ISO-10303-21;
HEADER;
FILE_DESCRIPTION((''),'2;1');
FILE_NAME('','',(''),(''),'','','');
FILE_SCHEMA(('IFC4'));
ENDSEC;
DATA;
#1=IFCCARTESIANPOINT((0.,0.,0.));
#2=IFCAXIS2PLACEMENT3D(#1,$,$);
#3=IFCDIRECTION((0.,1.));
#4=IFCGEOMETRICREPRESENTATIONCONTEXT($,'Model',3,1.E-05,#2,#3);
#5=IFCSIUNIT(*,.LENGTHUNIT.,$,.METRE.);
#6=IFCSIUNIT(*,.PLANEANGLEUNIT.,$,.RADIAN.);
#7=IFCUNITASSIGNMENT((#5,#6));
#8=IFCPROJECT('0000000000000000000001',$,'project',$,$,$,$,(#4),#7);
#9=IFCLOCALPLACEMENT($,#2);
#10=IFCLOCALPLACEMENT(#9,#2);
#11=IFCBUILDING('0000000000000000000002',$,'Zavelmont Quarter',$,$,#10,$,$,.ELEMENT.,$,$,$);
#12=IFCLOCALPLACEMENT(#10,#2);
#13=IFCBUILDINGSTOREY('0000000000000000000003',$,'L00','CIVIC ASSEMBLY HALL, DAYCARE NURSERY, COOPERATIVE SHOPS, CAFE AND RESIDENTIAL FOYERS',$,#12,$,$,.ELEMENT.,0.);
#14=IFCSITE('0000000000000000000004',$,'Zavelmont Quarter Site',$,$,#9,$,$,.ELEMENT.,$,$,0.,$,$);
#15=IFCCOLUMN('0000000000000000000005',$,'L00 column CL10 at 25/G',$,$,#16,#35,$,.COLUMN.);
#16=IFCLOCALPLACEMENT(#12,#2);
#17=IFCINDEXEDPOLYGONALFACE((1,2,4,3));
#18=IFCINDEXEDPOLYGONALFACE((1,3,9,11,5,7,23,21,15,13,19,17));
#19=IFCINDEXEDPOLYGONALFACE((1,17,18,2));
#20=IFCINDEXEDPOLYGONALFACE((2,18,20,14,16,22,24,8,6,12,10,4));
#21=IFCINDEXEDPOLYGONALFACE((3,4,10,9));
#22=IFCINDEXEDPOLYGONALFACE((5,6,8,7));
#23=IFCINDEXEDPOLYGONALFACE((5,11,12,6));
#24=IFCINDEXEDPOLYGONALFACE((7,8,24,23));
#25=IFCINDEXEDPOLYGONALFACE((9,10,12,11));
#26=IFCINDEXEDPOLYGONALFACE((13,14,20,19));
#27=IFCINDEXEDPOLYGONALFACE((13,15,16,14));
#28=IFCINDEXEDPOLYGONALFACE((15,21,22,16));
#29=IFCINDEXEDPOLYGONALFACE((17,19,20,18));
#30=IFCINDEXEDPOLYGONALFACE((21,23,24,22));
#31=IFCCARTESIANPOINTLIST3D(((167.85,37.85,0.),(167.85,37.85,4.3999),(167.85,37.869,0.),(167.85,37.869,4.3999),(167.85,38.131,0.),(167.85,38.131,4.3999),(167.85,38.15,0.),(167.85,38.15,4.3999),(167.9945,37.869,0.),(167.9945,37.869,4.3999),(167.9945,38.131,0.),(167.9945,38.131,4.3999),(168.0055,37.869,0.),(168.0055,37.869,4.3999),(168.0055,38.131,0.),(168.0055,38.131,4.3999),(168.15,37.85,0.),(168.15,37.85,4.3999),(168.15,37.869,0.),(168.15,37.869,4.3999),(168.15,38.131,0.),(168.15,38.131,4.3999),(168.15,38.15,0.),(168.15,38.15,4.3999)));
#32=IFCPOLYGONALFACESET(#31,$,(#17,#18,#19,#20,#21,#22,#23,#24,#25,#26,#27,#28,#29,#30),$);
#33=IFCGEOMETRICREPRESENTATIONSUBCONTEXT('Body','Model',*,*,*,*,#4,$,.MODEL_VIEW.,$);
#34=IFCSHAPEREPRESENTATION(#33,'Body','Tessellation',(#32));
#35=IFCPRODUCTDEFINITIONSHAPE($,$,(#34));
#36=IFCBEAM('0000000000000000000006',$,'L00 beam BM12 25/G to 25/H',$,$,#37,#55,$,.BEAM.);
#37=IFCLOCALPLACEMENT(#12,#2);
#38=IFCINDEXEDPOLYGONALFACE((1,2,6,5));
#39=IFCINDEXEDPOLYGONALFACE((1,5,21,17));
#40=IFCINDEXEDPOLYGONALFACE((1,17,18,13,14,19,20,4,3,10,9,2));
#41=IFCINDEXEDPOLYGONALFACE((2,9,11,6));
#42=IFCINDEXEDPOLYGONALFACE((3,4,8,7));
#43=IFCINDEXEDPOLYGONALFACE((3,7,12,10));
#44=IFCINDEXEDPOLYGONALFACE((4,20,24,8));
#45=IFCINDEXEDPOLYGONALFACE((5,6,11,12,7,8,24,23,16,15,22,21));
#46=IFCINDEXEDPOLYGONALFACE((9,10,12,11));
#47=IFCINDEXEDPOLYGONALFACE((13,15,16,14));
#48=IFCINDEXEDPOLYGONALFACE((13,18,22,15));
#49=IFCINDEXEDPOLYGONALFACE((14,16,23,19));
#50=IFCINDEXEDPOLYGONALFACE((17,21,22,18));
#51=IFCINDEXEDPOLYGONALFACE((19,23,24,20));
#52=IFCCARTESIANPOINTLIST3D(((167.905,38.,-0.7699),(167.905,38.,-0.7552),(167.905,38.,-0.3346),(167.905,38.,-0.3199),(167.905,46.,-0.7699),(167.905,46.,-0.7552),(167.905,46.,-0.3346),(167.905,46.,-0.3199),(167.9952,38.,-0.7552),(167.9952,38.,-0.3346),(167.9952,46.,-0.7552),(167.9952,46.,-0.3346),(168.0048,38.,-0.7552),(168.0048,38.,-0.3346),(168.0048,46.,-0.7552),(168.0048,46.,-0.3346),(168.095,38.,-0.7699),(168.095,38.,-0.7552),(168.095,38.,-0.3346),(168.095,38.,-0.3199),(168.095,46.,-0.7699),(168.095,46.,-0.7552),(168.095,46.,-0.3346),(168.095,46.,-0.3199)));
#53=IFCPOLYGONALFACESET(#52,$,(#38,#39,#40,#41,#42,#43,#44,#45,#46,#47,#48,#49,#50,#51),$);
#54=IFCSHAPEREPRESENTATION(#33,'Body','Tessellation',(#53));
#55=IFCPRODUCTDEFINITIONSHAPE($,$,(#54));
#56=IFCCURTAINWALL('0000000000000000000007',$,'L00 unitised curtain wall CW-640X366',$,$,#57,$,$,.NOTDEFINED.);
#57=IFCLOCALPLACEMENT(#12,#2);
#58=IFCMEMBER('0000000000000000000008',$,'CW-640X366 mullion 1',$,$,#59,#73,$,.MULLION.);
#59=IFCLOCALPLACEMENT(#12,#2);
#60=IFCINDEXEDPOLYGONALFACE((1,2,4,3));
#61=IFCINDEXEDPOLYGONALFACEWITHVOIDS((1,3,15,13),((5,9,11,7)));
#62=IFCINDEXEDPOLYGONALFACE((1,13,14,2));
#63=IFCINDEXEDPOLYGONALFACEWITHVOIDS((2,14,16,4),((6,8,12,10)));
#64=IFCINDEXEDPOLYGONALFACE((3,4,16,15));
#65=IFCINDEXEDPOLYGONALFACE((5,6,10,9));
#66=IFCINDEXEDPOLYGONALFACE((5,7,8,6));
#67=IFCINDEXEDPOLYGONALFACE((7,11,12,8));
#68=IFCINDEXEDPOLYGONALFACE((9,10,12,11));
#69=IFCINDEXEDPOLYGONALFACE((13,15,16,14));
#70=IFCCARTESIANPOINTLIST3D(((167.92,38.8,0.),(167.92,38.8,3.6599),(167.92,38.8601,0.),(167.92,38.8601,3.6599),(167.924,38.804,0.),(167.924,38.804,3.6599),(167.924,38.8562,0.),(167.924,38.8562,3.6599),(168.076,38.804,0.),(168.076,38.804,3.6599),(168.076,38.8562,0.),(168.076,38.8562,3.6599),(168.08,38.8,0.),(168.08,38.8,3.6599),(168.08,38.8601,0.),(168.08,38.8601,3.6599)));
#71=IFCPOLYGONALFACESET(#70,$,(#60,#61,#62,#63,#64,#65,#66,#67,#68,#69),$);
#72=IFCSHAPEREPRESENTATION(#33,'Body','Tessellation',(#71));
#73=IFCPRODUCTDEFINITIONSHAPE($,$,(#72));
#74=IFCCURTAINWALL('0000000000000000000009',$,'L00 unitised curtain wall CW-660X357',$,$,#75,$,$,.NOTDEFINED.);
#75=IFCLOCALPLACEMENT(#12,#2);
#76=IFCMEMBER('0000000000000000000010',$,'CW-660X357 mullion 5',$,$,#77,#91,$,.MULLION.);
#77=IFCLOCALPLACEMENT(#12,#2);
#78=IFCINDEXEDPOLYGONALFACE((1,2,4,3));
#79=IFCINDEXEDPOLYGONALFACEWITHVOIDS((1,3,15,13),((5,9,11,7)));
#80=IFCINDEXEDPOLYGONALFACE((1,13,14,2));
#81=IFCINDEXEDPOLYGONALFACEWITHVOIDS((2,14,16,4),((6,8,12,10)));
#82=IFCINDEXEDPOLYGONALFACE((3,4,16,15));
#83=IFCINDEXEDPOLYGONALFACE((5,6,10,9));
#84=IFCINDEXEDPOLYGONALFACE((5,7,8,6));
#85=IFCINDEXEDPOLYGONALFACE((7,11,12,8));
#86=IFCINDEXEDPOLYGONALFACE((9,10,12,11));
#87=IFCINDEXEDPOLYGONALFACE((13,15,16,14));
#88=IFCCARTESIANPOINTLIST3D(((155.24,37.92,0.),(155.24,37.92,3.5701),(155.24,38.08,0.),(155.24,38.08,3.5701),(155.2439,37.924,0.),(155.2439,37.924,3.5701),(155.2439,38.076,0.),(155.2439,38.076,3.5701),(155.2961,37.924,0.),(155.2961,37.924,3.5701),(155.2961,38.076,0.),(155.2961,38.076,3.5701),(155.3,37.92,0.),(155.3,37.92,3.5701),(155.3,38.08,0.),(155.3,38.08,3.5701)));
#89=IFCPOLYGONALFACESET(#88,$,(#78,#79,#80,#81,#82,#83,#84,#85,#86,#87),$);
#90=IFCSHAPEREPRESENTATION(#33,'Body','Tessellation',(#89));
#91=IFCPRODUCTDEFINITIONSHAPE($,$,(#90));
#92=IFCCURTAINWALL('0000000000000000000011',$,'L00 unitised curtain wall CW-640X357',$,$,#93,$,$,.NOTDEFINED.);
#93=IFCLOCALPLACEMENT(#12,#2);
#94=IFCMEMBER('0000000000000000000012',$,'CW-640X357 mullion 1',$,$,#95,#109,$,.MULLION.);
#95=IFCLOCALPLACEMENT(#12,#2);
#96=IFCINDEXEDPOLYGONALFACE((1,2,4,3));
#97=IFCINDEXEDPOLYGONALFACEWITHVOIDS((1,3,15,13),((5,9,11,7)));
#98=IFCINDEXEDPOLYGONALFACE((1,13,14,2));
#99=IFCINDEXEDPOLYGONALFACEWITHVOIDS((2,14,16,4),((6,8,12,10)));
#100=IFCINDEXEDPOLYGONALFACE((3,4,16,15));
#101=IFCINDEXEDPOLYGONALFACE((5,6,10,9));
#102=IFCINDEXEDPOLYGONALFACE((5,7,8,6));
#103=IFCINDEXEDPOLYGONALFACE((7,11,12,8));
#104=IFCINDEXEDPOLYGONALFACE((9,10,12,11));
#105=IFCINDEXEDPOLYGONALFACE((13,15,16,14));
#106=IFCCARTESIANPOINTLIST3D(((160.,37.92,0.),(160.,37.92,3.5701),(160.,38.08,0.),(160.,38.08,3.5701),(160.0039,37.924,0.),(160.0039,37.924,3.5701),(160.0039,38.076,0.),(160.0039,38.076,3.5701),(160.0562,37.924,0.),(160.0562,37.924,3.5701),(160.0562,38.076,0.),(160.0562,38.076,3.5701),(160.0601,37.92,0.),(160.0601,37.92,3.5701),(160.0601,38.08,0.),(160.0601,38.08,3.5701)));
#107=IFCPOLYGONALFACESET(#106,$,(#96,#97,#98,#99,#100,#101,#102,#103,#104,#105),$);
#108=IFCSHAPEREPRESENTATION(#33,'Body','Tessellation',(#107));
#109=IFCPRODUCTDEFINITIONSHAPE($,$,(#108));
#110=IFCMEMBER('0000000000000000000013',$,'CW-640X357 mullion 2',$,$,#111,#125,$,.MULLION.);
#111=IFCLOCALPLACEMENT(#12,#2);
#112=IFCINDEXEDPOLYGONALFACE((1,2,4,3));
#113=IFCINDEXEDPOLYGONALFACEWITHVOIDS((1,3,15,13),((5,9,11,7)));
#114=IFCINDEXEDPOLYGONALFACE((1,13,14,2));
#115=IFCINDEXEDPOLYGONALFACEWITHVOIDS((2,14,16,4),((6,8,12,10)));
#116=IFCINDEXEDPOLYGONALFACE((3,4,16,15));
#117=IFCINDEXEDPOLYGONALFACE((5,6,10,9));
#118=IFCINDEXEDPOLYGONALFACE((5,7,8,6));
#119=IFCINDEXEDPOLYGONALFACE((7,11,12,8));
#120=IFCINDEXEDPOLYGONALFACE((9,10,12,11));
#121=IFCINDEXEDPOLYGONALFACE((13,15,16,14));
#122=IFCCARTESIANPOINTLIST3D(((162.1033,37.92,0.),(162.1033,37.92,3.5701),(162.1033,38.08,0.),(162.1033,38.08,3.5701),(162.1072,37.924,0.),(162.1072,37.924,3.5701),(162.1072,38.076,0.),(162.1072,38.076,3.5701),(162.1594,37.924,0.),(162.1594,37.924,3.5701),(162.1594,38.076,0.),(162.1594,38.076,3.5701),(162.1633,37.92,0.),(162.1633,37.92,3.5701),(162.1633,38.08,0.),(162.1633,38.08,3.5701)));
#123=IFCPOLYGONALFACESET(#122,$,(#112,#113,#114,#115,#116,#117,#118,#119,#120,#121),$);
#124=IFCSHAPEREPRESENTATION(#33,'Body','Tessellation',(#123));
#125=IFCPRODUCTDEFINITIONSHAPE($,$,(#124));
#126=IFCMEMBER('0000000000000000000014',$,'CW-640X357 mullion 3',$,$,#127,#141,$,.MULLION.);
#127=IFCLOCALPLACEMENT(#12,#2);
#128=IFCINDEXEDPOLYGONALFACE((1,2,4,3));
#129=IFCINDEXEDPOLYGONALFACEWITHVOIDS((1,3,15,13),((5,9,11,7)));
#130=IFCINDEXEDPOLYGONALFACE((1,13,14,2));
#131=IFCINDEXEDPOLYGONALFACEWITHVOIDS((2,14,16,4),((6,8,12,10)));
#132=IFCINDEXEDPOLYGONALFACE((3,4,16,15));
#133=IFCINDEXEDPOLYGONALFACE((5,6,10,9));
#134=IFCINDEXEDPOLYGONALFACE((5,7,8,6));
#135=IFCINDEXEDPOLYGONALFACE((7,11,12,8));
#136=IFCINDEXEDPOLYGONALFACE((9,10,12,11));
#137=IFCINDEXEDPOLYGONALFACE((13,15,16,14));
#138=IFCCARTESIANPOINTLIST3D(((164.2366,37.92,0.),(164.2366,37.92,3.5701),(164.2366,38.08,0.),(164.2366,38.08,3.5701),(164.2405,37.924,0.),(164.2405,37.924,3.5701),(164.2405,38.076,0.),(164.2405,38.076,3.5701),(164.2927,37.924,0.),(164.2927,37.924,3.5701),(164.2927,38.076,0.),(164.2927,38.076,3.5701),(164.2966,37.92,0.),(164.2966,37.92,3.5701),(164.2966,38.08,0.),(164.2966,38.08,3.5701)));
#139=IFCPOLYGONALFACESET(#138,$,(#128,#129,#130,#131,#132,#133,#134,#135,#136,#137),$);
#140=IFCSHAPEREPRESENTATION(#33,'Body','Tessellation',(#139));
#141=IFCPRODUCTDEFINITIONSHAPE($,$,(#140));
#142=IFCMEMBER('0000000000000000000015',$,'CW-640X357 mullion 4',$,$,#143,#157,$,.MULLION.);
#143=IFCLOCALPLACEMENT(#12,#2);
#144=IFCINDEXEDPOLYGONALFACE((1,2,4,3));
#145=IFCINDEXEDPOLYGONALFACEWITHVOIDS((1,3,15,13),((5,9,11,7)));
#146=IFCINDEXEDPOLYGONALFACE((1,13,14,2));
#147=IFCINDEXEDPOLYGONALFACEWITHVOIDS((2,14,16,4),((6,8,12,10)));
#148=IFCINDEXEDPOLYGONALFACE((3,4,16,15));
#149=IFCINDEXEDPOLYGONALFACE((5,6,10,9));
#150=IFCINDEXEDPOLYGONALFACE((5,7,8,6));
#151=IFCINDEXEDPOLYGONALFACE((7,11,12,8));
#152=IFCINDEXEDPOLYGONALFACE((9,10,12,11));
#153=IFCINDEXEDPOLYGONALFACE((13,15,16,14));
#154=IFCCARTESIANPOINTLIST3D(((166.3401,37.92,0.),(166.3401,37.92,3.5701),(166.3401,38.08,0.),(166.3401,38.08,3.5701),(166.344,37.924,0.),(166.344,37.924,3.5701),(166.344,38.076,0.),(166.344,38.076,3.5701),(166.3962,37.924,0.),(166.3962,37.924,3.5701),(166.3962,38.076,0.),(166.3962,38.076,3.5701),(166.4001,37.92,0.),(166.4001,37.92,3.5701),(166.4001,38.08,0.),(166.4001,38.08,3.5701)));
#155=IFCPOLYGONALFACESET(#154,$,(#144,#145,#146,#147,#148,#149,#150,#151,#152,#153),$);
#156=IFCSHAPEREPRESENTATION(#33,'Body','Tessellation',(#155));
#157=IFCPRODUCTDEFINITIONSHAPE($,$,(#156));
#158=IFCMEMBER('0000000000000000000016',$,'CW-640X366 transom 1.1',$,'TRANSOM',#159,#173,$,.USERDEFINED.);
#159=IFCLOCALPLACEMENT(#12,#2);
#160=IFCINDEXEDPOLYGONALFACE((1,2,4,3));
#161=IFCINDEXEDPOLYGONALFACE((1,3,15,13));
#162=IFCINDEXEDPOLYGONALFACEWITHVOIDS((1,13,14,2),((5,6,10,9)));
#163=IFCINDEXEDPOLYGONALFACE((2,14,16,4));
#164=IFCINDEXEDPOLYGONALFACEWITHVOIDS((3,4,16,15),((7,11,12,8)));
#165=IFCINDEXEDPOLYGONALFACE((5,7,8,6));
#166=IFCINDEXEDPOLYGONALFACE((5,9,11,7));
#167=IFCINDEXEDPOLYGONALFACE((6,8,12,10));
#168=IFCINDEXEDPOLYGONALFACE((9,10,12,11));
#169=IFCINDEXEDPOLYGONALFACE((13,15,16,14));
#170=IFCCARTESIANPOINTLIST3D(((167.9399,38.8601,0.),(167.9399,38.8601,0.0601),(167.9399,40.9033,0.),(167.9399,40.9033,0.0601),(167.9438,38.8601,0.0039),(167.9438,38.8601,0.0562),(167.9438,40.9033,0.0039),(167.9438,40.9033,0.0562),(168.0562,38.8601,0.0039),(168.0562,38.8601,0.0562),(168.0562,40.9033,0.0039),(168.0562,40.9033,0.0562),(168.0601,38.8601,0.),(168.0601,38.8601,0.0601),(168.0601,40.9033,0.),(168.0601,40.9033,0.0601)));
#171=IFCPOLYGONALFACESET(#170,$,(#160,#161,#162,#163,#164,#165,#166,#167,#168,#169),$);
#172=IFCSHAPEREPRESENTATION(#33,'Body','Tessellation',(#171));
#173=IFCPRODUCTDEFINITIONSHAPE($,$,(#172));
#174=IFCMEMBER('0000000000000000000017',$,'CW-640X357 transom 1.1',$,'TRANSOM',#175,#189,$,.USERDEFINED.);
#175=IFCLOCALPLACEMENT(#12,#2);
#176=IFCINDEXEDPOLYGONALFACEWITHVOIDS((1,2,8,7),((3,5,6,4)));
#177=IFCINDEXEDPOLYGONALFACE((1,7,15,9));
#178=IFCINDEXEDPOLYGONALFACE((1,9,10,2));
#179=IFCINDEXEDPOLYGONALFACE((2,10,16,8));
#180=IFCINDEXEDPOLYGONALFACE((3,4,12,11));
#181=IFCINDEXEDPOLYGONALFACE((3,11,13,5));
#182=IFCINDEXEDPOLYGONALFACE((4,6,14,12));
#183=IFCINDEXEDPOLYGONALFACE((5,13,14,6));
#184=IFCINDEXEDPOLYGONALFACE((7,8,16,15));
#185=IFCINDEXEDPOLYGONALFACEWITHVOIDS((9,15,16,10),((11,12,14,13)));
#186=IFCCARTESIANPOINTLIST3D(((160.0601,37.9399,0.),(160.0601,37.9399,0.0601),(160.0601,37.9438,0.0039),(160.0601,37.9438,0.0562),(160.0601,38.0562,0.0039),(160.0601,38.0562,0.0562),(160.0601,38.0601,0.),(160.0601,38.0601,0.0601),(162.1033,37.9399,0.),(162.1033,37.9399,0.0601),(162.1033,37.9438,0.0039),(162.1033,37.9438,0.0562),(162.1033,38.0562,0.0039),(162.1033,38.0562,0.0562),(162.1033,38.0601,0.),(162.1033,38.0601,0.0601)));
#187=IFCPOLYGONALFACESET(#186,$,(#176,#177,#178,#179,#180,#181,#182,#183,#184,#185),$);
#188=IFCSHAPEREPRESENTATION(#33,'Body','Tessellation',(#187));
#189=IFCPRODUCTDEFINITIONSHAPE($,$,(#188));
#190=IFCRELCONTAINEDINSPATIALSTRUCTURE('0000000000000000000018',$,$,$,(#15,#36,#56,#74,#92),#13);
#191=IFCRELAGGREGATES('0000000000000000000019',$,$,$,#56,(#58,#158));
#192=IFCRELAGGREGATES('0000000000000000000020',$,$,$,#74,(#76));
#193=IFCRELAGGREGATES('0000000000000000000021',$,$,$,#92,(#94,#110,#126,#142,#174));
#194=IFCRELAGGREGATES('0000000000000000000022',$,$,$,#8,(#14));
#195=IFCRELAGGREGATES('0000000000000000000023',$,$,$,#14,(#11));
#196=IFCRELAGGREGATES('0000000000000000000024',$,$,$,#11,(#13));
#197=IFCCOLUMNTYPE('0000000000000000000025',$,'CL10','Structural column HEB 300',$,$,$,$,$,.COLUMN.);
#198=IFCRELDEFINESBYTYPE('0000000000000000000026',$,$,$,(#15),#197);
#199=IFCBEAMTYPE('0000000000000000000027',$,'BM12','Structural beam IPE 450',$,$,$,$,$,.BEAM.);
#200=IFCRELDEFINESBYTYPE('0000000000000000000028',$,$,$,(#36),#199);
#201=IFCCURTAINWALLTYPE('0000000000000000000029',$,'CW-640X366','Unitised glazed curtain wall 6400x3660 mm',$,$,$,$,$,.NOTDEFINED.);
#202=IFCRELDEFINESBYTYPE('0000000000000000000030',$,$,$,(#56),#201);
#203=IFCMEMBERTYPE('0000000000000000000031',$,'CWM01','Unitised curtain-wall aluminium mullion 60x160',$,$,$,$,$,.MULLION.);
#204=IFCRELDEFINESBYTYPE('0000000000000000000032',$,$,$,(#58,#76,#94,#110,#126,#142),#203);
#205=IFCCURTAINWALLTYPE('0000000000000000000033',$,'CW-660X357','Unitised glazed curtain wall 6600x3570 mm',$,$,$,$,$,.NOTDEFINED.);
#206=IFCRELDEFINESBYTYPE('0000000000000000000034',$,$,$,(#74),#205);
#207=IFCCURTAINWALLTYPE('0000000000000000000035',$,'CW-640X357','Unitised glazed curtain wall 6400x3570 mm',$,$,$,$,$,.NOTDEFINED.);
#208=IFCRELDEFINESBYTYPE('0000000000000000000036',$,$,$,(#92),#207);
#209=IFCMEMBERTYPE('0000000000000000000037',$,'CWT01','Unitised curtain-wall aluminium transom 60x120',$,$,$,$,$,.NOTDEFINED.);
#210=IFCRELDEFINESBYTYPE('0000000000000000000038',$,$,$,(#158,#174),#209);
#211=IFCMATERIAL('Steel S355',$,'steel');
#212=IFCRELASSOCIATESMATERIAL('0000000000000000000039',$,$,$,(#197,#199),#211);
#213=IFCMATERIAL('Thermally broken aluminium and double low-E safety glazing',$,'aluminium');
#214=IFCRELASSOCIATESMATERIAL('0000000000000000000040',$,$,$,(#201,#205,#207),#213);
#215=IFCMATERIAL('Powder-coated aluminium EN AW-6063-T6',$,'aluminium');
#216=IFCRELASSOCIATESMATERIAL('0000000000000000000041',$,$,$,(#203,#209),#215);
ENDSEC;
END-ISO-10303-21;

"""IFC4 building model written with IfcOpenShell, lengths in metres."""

from ifc_helpers import new_model, si_unit, direction, frame, origin, origin_2d, place, context, subcontext, project, spatial, hollow_rectangle, i_section, extrude, material, material_profile, profile_set, type_object, element, aggregate, save


model = new_model("IFC4")

# Units and contexts
model_context = context("Model", 3, precision=1e-05, world=origin(), true_north=direction((0.0, 1.0)))
body_context = subcontext(model_context, "Body", "Model", "MODEL_VIEW")
ifc_project = project(units=[si_unit("LENGTHUNIT", "METRE"), si_unit("PLANEANGLEUNIT", "RADIAN")], contexts=[model_context])

# Site, building, storey
site_placement = place(None, origin())
site = spatial("IfcSite", under=ifc_project, at=site_placement, Name="Zavelmont Quarter Site", CompositionType="ELEMENT", RefElevation=0.0)
building_placement = place(site_placement, origin())
building = spatial("IfcBuilding", under=site, at=building_placement, Name="Zavelmont Quarter", CompositionType="ELEMENT")
storey_placement = place(building_placement, origin())
storey = spatial("IfcBuildingStorey", under=building, at=storey_placement, Name="L00", Description="CIVIC ASSEMBLY HALL, DAYCARE NURSERY, COOPERATIVE SHOPS, CAFE AND RESIDENTIAL FOYERS", CompositionType="ELEMENT", Elevation=0.0)

# Column
ifc_material_1 = material(Name="Steel S355", Category="steel")
ifc_material_profile_1 = material_profile(ifc_material_1, i_section(OverallWidth=0.3, OverallDepth=0.3, WebThickness=0.011, FlangeThickness=0.019, at=origin_2d()), Name="HEB 300")
ifc_profile_set_1 = profile_set([ifc_material_profile_1], Name="Steel S355")
column_type = type_object("IfcColumnType", Name="CL10", Description="Structural column HEB 300", PredefinedType="COLUMN", material=ifc_profile_set_1)
column_placement = place(storey_placement, frame((168.0, 38.0, 0.0), z_axis=(0.0, 0.0, 1.0), x_axis=(1.0, 0.0, 0.0)))
element("IfcColumn", 1, at=column_placement, inside=storey, type_object=column_type, Name="L00 column CL10 at 25/G", PredefinedType="COLUMN", context=body_context, shape_type="SweptSolid", body=[
    extrude(i_section(OverallWidth=0.3, OverallDepth=0.3, WebThickness=0.011, FlangeThickness=0.019, at=origin_2d()), origin(), (0.0, 0.0, 1.0), 4.3999),
])

# Beam
ifc_material_profile_2 = material_profile(ifc_material_1, i_section(OverallWidth=0.1899, OverallDepth=0.45, WebThickness=0.0095, FlangeThickness=0.0146, at=origin_2d()), Name="IPE 450")
ifc_profile_set_2 = profile_set([ifc_material_profile_2], Name="Steel S355")
beam_type = type_object("IfcBeamType", Name="BM12", Description="Structural beam IPE 450", PredefinedType="BEAM", material=ifc_profile_set_2)
beam_placement = place(storey_placement, frame((168.0, 38.0, -0.5449), z_axis=(0.0, 1.0, 0.0), x_axis=(-1.0, 0.0, 0.0)))
element("IfcBeam", 2, at=beam_placement, inside=storey, type_object=beam_type, Name="L00 beam BM12 25/G to 25/H", PredefinedType="BEAM", context=body_context, shape_type="SweptSolid", body=[
    extrude(i_section(OverallWidth=0.1899, OverallDepth=0.45, WebThickness=0.0095, FlangeThickness=0.0146, at=origin_2d()), origin(), (0.0, 0.0, 1.0), 8.0),
])

# Curtain walls, members
ifc_material_2 = material(Name="Thermally broken aluminium and double low-E safety glazing", Category="aluminium")
curtain_wall_type_1 = type_object("IfcCurtainWallType", Name="CW-640X366", Description="Unitised glazed curtain wall 6400x3660 mm", PredefinedType="NOTDEFINED", material=ifc_material_2)
curtain_wall_1_placement = place(storey_placement, origin())
curtain_wall_1 = element("IfcCurtainWall", 3, at=curtain_wall_1_placement, inside=storey, type_object=curtain_wall_type_1, Name="L00 unitised curtain wall CW-640X366", PredefinedType="NOTDEFINED")
ifc_material_3 = material(Name="Powder-coated aluminium EN AW-6063-T6", Category="aluminium")
ifc_material_profile_3 = material_profile(ifc_material_3, hollow_rectangle(XDim=0.0601, YDim=0.1599, WallThickness=0.0039, at=origin_2d()), Name="CWM60X160")
ifc_profile_set_3 = profile_set([ifc_material_profile_3], Name="Powder-coated aluminium EN AW-6063-T6")
member_type_1 = type_object("IfcMemberType", Name="CWM01", Description="Unitised curtain-wall aluminium mullion 60x160", PredefinedType="MULLION", material=ifc_profile_set_3)
member_1_placement = place(storey_placement, frame((168.0, 38.8301, 0.0), z_axis=(0.0, 0.0, 1.0), x_axis=(0.0, 1.0, 0.0)))
member_1 = element("IfcMember", 4, at=member_1_placement, type_object=member_type_1, Name="CW-640X366 mullion 1", PredefinedType="MULLION", context=body_context, shape_type="SweptSolid", body=[
    extrude(hollow_rectangle(XDim=0.0601, YDim=0.1599, WallThickness=0.0039, at=origin_2d()), origin(), (0.0, 0.0, 1.0), 3.6599),
])
curtain_wall_type_2 = type_object("IfcCurtainWallType", Name="CW-660X357", Description="Unitised glazed curtain wall 6600x3570 mm", PredefinedType="NOTDEFINED", material=ifc_material_2)
curtain_wall_2_placement = place(storey_placement, origin())
curtain_wall_2 = element("IfcCurtainWall", 5, at=curtain_wall_2_placement, inside=storey, type_object=curtain_wall_type_2, Name="L00 unitised curtain wall CW-660X357", PredefinedType="NOTDEFINED")
member_2_placement = place(storey_placement, frame((155.27, 38.0, 0.0), z_axis=(0.0, 0.0, 1.0), x_axis=(1.0, 0.0, 0.0)))
member_2 = element("IfcMember", 6, at=member_2_placement, type_object=member_type_1, Name="CW-660X357 mullion 5", PredefinedType="MULLION", context=body_context, shape_type="SweptSolid", body=[
    extrude(hollow_rectangle(XDim=0.0601, YDim=0.1599, WallThickness=0.0039, at=origin_2d()), origin(), (0.0, 0.0, 1.0), 3.5701),
])

# Curtain wall, members
curtain_wall_type_3 = type_object("IfcCurtainWallType", Name="CW-640X357", Description="Unitised glazed curtain wall 6400x3570 mm", PredefinedType="NOTDEFINED", material=ifc_material_2)
curtain_wall_3_placement = place(storey_placement, origin())
curtain_wall_3 = element("IfcCurtainWall", 7, at=curtain_wall_3_placement, inside=storey, type_object=curtain_wall_type_3, Name="L00 unitised curtain wall CW-640X357", PredefinedType="NOTDEFINED")
member_3_placement = place(storey_placement, frame((160.03, 38.0, 0.0), z_axis=(0.0, 0.0, 1.0), x_axis=(1.0, 0.0, 0.0)))
member_3 = element("IfcMember", 8, at=member_3_placement, type_object=member_type_1, Name="CW-640X357 mullion 1", PredefinedType="MULLION", context=body_context, shape_type="SweptSolid", body=[
    extrude(hollow_rectangle(XDim=0.0601, YDim=0.1599, WallThickness=0.0039, at=origin_2d()), origin(), (0.0, 0.0, 1.0), 3.5701),
])
member_4_placement = place(storey_placement, frame((162.1333, 38.0, 0.0), z_axis=(0.0, 0.0, 1.0), x_axis=(1.0, 0.0, 0.0)))
member_4 = element("IfcMember", 9, at=member_4_placement, type_object=member_type_1, Name="CW-640X357 mullion 2", PredefinedType="MULLION", context=body_context, shape_type="SweptSolid", body=[
    extrude(hollow_rectangle(XDim=0.0601, YDim=0.1599, WallThickness=0.0039, at=origin_2d()), origin(), (0.0, 0.0, 1.0), 3.5701),
])
member_5_placement = place(storey_placement, frame((164.2666, 38.0, 0.0), z_axis=(0.0, 0.0, 1.0), x_axis=(1.0, 0.0, 0.0)))
member_5 = element("IfcMember", 10, at=member_5_placement, type_object=member_type_1, Name="CW-640X357 mullion 3", PredefinedType="MULLION", context=body_context, shape_type="SweptSolid", body=[
    extrude(hollow_rectangle(XDim=0.0601, YDim=0.1599, WallThickness=0.0039, at=origin_2d()), origin(), (0.0, 0.0, 1.0), 3.5701),
])
member_6_placement = place(storey_placement, frame((166.3701, 38.0, 0.0), z_axis=(0.0, 0.0, 1.0), x_axis=(1.0, 0.0, 0.0)))
member_6 = element("IfcMember", 11, at=member_6_placement, type_object=member_type_1, Name="CW-640X357 mullion 4", PredefinedType="MULLION", context=body_context, shape_type="SweptSolid", body=[
    extrude(hollow_rectangle(XDim=0.0601, YDim=0.1599, WallThickness=0.0039, at=origin_2d()), origin(), (0.0, 0.0, 1.0), 3.5701),
])

# Members
ifc_material_profile_4 = material_profile(ifc_material_3, hollow_rectangle(XDim=0.1201, YDim=0.0601, WallThickness=0.0039, at=origin_2d()), Name="CWT60X120")
ifc_profile_set_4 = profile_set([ifc_material_profile_4], Name="Powder-coated aluminium EN AW-6063-T6")
member_type_2 = type_object("IfcMemberType", Name="CWT01", Description="Unitised curtain-wall aluminium transom 60x120", PredefinedType="NOTDEFINED", material=ifc_profile_set_4)
member_7_placement = place(storey_placement, frame((168.0, 38.8601, 0.03), z_axis=(0.0, 1.0, 0.0), x_axis=(-1.0, 0.0, 0.0)))
member_7 = element("IfcMember", 12, at=member_7_placement, type_object=member_type_2, Name="CW-640X366 transom 1.1", ObjectType="TRANSOM", PredefinedType="USERDEFINED", context=body_context, shape_type="SweptSolid", body=[
    extrude(hollow_rectangle(XDim=0.1201, YDim=0.0601, WallThickness=0.0039, at=origin_2d()), origin(), (0.0, 0.0, 1.0), 2.0432),
])
aggregate(curtain_wall_1, [member_1, member_7])
member_8_placement = place(storey_placement, frame((160.0601, 38.0, 0.03), z_axis=(1.0, 0.0, 0.0), x_axis=(0.0, 1.0, 0.0)))
member_8 = element("IfcMember", 13, at=member_8_placement, type_object=member_type_2, Name="CW-640X357 transom 1.1", ObjectType="TRANSOM", PredefinedType="USERDEFINED", context=body_context, shape_type="SweptSolid", body=[
    extrude(hollow_rectangle(XDim=0.1201, YDim=0.0601, WallThickness=0.0039, at=origin_2d()), origin(), (0.0, 0.0, 1.0), 2.0432),
])

aggregate(curtain_wall_2, [member_2])
aggregate(curtain_wall_3, [member_3, member_4, member_5, member_6, member_8])

save(model, "model.ifc")
